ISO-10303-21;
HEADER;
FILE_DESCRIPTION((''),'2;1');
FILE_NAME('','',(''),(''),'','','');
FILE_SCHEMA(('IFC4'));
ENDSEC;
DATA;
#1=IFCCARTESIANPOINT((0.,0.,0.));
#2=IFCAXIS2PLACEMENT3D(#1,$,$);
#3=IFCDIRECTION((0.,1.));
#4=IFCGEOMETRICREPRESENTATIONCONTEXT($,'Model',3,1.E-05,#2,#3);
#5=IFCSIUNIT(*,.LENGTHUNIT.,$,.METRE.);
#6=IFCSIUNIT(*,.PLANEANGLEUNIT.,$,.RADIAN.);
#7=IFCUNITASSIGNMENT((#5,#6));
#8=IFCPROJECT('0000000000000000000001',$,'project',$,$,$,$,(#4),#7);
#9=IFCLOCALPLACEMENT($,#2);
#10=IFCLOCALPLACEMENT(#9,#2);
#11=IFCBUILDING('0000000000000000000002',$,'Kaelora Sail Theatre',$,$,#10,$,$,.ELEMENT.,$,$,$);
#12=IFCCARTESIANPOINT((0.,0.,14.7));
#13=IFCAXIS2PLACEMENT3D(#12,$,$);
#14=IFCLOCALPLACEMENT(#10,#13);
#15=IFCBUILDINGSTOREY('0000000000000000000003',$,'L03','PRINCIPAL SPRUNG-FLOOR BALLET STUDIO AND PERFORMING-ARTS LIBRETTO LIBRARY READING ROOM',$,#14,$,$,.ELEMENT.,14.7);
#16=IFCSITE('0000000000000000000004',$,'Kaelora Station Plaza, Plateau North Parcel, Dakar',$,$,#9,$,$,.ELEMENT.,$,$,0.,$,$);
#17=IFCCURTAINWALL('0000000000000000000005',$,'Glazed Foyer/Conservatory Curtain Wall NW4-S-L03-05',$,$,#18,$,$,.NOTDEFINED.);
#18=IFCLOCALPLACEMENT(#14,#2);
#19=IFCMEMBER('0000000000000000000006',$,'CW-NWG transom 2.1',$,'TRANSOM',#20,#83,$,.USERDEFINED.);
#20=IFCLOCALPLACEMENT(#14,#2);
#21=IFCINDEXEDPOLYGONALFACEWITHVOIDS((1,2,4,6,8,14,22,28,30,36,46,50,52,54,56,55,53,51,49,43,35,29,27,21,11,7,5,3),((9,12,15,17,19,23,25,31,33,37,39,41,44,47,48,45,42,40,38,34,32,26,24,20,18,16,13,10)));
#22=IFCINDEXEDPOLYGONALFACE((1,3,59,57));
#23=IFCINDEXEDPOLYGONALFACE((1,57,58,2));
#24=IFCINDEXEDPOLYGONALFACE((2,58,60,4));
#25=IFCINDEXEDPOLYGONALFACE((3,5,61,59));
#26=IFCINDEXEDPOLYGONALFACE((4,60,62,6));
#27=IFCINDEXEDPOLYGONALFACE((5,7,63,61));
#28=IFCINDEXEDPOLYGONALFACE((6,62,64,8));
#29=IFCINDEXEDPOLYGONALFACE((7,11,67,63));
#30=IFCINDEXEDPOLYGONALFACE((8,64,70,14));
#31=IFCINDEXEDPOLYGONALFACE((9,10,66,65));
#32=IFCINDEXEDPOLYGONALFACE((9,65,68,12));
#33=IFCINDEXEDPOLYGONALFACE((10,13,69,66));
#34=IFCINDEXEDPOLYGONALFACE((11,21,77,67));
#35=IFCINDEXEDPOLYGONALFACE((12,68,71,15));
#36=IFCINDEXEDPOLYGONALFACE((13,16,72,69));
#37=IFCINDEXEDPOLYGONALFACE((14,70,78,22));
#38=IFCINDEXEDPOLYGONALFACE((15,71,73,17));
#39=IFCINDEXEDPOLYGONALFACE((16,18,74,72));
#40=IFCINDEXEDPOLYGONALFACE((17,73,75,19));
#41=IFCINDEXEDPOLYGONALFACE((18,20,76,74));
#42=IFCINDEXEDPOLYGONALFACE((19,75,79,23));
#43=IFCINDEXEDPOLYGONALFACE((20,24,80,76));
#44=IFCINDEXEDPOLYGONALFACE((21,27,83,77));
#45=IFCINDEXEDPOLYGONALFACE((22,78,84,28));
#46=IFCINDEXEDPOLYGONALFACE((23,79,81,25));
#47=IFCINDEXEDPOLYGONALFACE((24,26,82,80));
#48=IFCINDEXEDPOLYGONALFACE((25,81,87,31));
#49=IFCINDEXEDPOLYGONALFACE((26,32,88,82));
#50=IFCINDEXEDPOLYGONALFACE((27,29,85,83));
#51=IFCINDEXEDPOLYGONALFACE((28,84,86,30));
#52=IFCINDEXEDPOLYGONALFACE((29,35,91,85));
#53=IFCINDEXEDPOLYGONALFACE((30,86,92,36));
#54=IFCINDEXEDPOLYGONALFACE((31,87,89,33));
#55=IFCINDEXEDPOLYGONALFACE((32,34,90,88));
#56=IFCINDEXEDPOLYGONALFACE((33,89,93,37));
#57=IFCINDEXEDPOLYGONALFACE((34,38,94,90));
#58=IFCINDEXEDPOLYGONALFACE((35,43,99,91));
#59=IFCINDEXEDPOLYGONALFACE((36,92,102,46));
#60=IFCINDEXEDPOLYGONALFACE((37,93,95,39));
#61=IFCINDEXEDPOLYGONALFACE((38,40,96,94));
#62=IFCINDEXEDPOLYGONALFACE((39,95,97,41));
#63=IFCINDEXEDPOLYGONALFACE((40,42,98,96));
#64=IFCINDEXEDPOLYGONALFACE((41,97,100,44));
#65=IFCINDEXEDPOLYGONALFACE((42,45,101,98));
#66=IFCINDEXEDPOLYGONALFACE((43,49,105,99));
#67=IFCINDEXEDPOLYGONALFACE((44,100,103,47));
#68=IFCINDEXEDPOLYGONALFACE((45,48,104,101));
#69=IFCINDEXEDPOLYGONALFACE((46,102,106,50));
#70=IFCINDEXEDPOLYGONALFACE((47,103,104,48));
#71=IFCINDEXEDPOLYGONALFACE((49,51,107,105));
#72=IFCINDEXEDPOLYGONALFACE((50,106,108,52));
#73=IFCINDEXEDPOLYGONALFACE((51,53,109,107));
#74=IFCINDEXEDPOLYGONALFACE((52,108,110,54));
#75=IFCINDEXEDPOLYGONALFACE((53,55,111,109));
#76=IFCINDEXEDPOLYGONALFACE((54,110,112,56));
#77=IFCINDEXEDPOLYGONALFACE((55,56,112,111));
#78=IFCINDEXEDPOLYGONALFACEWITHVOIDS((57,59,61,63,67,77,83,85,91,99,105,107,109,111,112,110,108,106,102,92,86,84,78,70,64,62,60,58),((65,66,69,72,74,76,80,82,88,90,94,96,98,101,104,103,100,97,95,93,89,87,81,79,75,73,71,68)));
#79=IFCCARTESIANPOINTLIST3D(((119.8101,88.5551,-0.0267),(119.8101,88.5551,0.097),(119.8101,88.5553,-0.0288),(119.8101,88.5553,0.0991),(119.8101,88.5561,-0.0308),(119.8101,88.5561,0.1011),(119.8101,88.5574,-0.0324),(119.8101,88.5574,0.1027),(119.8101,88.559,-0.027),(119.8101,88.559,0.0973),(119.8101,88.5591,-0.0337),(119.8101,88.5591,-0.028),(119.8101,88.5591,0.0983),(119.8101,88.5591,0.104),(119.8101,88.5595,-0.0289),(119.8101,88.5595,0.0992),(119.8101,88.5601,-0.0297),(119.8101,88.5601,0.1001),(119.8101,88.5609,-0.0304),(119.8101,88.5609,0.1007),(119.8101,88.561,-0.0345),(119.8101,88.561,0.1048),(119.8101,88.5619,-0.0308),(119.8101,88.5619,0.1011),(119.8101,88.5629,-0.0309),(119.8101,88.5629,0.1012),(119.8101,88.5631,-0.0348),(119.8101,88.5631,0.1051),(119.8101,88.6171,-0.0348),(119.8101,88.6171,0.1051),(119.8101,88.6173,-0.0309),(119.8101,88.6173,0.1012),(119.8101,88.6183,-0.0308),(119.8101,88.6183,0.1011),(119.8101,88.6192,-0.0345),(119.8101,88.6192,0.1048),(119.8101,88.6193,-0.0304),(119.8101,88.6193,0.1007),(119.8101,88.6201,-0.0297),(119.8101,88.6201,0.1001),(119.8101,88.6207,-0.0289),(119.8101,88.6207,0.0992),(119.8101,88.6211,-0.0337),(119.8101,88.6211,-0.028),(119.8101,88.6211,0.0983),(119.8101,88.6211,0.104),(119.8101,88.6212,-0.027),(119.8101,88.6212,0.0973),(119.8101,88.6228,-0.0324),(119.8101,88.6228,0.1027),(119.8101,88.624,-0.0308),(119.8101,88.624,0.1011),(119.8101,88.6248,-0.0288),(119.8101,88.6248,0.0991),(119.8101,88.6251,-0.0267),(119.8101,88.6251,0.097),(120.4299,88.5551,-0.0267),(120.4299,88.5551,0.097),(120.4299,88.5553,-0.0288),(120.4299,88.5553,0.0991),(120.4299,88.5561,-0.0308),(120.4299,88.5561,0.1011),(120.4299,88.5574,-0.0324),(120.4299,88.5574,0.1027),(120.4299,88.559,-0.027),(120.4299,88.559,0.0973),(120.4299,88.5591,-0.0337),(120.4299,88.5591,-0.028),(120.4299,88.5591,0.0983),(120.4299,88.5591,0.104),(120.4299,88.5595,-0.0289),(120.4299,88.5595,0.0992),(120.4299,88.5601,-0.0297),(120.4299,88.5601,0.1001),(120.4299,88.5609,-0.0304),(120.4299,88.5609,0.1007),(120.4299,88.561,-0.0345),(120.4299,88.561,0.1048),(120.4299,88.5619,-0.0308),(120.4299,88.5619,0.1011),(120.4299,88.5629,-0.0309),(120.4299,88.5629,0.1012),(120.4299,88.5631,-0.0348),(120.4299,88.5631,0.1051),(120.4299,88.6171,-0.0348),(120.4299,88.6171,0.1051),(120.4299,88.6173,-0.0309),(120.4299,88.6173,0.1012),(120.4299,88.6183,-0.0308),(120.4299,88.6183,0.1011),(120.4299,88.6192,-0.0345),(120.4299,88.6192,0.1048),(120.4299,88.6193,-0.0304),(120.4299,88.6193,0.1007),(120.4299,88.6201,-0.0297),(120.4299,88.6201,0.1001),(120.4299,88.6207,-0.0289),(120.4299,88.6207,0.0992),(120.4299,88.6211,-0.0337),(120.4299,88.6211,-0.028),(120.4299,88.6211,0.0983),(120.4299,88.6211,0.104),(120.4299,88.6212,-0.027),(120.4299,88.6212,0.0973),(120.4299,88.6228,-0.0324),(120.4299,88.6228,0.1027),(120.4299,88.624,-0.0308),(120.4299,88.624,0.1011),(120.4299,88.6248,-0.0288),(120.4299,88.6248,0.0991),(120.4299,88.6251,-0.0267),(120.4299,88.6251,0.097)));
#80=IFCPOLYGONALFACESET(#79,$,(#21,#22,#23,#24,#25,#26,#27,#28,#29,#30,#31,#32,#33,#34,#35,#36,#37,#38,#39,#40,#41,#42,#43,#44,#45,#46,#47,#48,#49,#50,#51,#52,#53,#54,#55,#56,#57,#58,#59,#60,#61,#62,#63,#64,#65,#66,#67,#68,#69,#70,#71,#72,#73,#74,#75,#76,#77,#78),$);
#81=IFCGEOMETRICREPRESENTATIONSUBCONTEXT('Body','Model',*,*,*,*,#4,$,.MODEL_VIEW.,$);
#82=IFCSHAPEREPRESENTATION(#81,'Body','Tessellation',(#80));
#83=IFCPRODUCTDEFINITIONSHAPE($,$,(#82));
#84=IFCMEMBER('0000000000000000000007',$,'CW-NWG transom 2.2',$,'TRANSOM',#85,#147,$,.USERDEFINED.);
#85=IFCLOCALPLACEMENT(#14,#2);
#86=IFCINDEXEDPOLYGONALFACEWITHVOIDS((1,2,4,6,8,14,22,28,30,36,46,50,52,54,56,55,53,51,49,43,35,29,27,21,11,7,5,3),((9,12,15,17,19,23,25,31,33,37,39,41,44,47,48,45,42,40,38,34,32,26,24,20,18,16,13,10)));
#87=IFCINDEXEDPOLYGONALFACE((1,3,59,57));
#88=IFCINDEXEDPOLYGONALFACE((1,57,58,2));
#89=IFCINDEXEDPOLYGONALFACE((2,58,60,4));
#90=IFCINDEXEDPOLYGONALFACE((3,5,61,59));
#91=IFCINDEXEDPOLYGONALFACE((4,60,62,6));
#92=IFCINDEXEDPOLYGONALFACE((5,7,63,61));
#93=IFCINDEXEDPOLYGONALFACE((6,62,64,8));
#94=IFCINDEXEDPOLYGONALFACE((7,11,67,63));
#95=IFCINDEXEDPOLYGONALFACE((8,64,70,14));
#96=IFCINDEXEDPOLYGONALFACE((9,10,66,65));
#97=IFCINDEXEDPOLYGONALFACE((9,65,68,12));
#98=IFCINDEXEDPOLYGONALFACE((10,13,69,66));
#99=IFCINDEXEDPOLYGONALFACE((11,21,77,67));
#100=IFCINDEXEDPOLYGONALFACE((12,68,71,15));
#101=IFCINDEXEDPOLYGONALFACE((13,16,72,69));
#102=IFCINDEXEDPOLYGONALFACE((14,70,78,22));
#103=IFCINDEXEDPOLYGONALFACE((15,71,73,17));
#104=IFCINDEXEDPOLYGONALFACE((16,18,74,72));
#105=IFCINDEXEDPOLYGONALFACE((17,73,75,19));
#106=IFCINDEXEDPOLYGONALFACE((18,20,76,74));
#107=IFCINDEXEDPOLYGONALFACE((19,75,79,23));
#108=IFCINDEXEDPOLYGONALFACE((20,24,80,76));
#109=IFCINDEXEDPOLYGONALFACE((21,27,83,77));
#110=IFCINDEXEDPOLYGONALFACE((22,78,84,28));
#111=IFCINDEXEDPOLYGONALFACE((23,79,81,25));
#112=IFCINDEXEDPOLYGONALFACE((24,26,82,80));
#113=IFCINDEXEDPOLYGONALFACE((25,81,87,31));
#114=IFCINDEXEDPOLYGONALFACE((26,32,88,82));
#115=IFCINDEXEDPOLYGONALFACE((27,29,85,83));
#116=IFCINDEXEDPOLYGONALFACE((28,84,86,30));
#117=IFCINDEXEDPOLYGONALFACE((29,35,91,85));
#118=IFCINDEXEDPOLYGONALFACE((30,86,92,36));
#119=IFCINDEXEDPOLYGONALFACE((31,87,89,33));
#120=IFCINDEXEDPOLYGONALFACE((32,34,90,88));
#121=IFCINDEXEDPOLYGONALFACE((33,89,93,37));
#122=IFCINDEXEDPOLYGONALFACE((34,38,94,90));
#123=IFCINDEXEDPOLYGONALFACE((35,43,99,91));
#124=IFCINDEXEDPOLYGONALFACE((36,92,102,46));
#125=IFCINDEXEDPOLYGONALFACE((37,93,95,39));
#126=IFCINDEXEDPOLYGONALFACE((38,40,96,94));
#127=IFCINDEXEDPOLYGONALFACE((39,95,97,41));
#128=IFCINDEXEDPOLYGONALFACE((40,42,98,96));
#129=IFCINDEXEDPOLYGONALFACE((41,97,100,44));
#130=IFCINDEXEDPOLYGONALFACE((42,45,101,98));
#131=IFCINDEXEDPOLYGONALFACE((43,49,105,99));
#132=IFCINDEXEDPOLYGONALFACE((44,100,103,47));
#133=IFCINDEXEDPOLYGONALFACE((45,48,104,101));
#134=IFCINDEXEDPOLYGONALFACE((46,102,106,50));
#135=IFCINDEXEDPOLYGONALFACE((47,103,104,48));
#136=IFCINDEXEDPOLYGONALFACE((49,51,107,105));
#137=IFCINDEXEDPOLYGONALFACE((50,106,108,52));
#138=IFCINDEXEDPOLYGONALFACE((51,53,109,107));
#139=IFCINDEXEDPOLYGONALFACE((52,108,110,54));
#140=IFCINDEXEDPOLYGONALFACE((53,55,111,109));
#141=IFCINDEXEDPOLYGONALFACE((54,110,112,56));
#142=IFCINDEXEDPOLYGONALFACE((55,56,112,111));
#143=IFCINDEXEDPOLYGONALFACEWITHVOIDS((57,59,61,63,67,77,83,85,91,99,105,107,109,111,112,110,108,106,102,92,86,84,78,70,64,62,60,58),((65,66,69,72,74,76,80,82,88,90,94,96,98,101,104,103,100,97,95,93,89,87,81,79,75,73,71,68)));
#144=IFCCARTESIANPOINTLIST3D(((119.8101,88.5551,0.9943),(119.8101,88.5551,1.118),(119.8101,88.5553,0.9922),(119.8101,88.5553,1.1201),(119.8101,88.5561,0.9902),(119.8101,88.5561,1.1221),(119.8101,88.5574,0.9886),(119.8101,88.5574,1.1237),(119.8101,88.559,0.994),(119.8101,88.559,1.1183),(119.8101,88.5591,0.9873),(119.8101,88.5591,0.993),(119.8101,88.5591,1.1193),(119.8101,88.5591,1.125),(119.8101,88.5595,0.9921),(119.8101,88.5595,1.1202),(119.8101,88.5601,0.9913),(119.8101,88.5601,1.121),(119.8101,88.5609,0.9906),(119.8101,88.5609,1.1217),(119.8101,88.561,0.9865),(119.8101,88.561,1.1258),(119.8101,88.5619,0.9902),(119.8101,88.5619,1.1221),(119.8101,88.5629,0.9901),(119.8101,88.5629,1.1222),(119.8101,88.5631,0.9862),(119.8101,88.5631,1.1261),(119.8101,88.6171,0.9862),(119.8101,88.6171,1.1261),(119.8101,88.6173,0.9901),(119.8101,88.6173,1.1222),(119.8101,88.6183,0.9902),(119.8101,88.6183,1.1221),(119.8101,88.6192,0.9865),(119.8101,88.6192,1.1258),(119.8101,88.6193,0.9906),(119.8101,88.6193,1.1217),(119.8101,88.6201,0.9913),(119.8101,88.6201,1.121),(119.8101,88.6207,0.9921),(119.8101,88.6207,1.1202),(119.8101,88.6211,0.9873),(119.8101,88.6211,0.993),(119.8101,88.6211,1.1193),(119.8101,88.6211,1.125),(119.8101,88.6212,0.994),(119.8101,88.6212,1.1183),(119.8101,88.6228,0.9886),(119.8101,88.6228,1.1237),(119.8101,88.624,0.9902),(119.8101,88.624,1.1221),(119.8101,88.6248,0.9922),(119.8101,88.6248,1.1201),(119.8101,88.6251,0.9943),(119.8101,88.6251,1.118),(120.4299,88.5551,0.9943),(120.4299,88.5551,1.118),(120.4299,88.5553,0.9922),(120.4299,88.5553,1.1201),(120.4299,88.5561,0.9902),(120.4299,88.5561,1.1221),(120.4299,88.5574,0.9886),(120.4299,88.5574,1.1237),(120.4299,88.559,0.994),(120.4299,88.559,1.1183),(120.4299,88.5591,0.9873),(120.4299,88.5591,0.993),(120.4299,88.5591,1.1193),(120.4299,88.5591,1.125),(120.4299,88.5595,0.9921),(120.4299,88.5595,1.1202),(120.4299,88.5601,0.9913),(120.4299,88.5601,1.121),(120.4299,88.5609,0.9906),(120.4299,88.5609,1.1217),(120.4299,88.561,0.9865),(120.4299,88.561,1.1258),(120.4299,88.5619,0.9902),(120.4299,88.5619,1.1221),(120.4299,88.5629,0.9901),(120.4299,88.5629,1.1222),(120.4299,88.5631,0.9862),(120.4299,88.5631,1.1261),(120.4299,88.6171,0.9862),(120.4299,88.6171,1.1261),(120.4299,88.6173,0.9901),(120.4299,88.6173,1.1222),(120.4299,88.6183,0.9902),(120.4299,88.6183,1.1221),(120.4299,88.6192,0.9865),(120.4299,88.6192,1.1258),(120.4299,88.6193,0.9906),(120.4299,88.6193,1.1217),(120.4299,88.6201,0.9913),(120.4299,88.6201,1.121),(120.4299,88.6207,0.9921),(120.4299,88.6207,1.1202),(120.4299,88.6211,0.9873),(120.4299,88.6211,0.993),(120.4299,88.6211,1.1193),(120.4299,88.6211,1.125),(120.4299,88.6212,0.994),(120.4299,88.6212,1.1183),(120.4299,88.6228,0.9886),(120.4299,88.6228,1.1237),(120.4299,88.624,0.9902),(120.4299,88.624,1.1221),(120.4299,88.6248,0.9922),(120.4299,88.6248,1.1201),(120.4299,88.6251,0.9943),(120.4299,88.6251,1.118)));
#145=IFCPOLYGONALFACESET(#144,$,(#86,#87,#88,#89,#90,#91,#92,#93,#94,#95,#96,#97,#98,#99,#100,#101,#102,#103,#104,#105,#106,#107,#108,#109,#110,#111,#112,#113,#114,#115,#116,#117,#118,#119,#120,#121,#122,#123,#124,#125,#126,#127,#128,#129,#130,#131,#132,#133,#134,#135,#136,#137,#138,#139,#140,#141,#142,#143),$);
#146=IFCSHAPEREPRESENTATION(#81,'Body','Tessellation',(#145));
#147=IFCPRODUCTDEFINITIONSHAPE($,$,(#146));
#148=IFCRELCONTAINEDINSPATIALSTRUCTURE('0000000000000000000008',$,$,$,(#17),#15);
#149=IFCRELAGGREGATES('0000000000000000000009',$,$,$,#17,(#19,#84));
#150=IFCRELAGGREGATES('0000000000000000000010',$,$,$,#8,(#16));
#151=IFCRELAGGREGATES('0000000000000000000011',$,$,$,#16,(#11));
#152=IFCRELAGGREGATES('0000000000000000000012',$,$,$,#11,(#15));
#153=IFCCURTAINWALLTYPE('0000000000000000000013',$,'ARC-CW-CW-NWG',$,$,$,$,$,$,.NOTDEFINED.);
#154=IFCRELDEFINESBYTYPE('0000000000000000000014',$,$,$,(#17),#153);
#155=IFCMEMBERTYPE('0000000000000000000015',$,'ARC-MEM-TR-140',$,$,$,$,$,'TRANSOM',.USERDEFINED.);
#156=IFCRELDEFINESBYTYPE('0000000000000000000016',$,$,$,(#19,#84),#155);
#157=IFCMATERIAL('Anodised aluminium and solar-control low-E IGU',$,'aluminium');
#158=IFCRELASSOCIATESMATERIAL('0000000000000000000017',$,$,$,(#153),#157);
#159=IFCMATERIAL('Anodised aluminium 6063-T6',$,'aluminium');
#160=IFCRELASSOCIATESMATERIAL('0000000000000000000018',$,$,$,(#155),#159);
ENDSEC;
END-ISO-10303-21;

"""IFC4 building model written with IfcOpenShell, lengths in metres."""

from ifc_helpers import new_model, si_unit, direction, frame, origin, origin_2d, place, context, subcontext, project, spatial, hollow_rectangle, extrude, material, material_profile, profile_set, type_object, element, aggregate, save


model = new_model("IFC4")

# Units and contexts
model_context = context("Model", 3, precision=1e-05, world=origin(), true_north=direction((0.0, 1.0)))
body_context = subcontext(model_context, "Body", "Model", "MODEL_VIEW")
ifc_project = project(units=[si_unit("LENGTHUNIT", "METRE"), si_unit("PLANEANGLEUNIT", "RADIAN")], contexts=[model_context])

# Site, building, storey
site_placement = place(None, origin())
site = spatial("IfcSite", under=ifc_project, at=site_placement, Name="Kaelora Station Plaza, Plateau North Parcel, Dakar", CompositionType="ELEMENT", RefElevation=0.0)
building_placement = place(site_placement, origin())
building = spatial("IfcBuilding", under=site, at=building_placement, Name="Kaelora Sail Theatre", CompositionType="ELEMENT")
storey_placement = place(building_placement, frame((0.0, 0.0, 14.7)))
storey = spatial("IfcBuildingStorey", under=building, at=storey_placement, Name="L03", Description="PRINCIPAL SPRUNG-FLOOR BALLET STUDIO AND PERFORMING-ARTS LIBRETTO LIBRARY READING ROOM", CompositionType="ELEMENT", Elevation=14.7)

# Curtain wall
ifc_material_1 = material(Name="Anodised aluminium and solar-control low-E IGU", Category="aluminium")
curtain_wall_type = type_object("IfcCurtainWallType", Name="ARC-CW-CW-NWG", PredefinedType="NOTDEFINED", material=ifc_material_1)
curtain_wall_1_placement = place(storey_placement, origin())
curtain_wall_1 = element("IfcCurtainWall", 1, at=curtain_wall_1_placement, inside=storey, type_object=curtain_wall_type, Name="Glazed Foyer/Conservatory Curtain Wall NW4-S-L03-05", PredefinedType="NOTDEFINED")

# Members
ifc_material_2 = material(Name="Anodised aluminium 6063-T6", Category="aluminium")
ifc_material_profile_1 = material_profile(ifc_material_2, hollow_rectangle(XDim=0.0701, YDim=0.1399, WallThickness=0.0039, InnerFilletRadius=0.0039, OuterFilletRadius=0.0081, at=origin_2d()), Name="ALU-TRAN 70x140x4")
ifc_profile_set_1 = profile_set([ifc_material_profile_1], Name="Anodised aluminium 6063-T6")
member_type_1 = type_object("IfcMemberType", Name="ARC-MEM-TR-140", ElementType="TRANSOM", PredefinedType="USERDEFINED", material=ifc_profile_set_1)
member_1_placement = place(storey_placement, frame((119.8101, 88.5901, 0.0352), z_axis=(1.0, 0.0, 0.0), x_axis=(0.0, 1.0, 0.0)))
member_1 = element("IfcMember", 2, at=member_1_placement, type_object=member_type_1, Name="CW-NWG transom 2.1", ObjectType="TRANSOM", PredefinedType="USERDEFINED", context=body_context, shape_type="SweptSolid", body=[
    extrude(hollow_rectangle(XDim=0.0701, YDim=0.1399, WallThickness=0.0039, InnerFilletRadius=0.0039, OuterFilletRadius=0.0081, at=origin_2d()), origin(), (0.0, 0.0, 1.0), 0.6199),
])
member_2_placement = place(storey_placement, frame((119.8101, 88.5901, 1.0562), z_axis=(1.0, 0.0, 0.0), x_axis=(0.0, 1.0, 0.0)))
member_2 = element("IfcMember", 3, at=member_2_placement, type_object=member_type_1, Name="CW-NWG transom 2.2", ObjectType="TRANSOM", PredefinedType="USERDEFINED", context=body_context, shape_type="SweptSolid", body=[
    extrude(hollow_rectangle(XDim=0.0701, YDim=0.1399, WallThickness=0.0039, InnerFilletRadius=0.0039, OuterFilletRadius=0.0081, at=origin_2d()), origin(), (0.0, 0.0, 1.0), 0.6199),
])

aggregate(curtain_wall_1, [member_1, member_2])

save(model, "model.ifc")
